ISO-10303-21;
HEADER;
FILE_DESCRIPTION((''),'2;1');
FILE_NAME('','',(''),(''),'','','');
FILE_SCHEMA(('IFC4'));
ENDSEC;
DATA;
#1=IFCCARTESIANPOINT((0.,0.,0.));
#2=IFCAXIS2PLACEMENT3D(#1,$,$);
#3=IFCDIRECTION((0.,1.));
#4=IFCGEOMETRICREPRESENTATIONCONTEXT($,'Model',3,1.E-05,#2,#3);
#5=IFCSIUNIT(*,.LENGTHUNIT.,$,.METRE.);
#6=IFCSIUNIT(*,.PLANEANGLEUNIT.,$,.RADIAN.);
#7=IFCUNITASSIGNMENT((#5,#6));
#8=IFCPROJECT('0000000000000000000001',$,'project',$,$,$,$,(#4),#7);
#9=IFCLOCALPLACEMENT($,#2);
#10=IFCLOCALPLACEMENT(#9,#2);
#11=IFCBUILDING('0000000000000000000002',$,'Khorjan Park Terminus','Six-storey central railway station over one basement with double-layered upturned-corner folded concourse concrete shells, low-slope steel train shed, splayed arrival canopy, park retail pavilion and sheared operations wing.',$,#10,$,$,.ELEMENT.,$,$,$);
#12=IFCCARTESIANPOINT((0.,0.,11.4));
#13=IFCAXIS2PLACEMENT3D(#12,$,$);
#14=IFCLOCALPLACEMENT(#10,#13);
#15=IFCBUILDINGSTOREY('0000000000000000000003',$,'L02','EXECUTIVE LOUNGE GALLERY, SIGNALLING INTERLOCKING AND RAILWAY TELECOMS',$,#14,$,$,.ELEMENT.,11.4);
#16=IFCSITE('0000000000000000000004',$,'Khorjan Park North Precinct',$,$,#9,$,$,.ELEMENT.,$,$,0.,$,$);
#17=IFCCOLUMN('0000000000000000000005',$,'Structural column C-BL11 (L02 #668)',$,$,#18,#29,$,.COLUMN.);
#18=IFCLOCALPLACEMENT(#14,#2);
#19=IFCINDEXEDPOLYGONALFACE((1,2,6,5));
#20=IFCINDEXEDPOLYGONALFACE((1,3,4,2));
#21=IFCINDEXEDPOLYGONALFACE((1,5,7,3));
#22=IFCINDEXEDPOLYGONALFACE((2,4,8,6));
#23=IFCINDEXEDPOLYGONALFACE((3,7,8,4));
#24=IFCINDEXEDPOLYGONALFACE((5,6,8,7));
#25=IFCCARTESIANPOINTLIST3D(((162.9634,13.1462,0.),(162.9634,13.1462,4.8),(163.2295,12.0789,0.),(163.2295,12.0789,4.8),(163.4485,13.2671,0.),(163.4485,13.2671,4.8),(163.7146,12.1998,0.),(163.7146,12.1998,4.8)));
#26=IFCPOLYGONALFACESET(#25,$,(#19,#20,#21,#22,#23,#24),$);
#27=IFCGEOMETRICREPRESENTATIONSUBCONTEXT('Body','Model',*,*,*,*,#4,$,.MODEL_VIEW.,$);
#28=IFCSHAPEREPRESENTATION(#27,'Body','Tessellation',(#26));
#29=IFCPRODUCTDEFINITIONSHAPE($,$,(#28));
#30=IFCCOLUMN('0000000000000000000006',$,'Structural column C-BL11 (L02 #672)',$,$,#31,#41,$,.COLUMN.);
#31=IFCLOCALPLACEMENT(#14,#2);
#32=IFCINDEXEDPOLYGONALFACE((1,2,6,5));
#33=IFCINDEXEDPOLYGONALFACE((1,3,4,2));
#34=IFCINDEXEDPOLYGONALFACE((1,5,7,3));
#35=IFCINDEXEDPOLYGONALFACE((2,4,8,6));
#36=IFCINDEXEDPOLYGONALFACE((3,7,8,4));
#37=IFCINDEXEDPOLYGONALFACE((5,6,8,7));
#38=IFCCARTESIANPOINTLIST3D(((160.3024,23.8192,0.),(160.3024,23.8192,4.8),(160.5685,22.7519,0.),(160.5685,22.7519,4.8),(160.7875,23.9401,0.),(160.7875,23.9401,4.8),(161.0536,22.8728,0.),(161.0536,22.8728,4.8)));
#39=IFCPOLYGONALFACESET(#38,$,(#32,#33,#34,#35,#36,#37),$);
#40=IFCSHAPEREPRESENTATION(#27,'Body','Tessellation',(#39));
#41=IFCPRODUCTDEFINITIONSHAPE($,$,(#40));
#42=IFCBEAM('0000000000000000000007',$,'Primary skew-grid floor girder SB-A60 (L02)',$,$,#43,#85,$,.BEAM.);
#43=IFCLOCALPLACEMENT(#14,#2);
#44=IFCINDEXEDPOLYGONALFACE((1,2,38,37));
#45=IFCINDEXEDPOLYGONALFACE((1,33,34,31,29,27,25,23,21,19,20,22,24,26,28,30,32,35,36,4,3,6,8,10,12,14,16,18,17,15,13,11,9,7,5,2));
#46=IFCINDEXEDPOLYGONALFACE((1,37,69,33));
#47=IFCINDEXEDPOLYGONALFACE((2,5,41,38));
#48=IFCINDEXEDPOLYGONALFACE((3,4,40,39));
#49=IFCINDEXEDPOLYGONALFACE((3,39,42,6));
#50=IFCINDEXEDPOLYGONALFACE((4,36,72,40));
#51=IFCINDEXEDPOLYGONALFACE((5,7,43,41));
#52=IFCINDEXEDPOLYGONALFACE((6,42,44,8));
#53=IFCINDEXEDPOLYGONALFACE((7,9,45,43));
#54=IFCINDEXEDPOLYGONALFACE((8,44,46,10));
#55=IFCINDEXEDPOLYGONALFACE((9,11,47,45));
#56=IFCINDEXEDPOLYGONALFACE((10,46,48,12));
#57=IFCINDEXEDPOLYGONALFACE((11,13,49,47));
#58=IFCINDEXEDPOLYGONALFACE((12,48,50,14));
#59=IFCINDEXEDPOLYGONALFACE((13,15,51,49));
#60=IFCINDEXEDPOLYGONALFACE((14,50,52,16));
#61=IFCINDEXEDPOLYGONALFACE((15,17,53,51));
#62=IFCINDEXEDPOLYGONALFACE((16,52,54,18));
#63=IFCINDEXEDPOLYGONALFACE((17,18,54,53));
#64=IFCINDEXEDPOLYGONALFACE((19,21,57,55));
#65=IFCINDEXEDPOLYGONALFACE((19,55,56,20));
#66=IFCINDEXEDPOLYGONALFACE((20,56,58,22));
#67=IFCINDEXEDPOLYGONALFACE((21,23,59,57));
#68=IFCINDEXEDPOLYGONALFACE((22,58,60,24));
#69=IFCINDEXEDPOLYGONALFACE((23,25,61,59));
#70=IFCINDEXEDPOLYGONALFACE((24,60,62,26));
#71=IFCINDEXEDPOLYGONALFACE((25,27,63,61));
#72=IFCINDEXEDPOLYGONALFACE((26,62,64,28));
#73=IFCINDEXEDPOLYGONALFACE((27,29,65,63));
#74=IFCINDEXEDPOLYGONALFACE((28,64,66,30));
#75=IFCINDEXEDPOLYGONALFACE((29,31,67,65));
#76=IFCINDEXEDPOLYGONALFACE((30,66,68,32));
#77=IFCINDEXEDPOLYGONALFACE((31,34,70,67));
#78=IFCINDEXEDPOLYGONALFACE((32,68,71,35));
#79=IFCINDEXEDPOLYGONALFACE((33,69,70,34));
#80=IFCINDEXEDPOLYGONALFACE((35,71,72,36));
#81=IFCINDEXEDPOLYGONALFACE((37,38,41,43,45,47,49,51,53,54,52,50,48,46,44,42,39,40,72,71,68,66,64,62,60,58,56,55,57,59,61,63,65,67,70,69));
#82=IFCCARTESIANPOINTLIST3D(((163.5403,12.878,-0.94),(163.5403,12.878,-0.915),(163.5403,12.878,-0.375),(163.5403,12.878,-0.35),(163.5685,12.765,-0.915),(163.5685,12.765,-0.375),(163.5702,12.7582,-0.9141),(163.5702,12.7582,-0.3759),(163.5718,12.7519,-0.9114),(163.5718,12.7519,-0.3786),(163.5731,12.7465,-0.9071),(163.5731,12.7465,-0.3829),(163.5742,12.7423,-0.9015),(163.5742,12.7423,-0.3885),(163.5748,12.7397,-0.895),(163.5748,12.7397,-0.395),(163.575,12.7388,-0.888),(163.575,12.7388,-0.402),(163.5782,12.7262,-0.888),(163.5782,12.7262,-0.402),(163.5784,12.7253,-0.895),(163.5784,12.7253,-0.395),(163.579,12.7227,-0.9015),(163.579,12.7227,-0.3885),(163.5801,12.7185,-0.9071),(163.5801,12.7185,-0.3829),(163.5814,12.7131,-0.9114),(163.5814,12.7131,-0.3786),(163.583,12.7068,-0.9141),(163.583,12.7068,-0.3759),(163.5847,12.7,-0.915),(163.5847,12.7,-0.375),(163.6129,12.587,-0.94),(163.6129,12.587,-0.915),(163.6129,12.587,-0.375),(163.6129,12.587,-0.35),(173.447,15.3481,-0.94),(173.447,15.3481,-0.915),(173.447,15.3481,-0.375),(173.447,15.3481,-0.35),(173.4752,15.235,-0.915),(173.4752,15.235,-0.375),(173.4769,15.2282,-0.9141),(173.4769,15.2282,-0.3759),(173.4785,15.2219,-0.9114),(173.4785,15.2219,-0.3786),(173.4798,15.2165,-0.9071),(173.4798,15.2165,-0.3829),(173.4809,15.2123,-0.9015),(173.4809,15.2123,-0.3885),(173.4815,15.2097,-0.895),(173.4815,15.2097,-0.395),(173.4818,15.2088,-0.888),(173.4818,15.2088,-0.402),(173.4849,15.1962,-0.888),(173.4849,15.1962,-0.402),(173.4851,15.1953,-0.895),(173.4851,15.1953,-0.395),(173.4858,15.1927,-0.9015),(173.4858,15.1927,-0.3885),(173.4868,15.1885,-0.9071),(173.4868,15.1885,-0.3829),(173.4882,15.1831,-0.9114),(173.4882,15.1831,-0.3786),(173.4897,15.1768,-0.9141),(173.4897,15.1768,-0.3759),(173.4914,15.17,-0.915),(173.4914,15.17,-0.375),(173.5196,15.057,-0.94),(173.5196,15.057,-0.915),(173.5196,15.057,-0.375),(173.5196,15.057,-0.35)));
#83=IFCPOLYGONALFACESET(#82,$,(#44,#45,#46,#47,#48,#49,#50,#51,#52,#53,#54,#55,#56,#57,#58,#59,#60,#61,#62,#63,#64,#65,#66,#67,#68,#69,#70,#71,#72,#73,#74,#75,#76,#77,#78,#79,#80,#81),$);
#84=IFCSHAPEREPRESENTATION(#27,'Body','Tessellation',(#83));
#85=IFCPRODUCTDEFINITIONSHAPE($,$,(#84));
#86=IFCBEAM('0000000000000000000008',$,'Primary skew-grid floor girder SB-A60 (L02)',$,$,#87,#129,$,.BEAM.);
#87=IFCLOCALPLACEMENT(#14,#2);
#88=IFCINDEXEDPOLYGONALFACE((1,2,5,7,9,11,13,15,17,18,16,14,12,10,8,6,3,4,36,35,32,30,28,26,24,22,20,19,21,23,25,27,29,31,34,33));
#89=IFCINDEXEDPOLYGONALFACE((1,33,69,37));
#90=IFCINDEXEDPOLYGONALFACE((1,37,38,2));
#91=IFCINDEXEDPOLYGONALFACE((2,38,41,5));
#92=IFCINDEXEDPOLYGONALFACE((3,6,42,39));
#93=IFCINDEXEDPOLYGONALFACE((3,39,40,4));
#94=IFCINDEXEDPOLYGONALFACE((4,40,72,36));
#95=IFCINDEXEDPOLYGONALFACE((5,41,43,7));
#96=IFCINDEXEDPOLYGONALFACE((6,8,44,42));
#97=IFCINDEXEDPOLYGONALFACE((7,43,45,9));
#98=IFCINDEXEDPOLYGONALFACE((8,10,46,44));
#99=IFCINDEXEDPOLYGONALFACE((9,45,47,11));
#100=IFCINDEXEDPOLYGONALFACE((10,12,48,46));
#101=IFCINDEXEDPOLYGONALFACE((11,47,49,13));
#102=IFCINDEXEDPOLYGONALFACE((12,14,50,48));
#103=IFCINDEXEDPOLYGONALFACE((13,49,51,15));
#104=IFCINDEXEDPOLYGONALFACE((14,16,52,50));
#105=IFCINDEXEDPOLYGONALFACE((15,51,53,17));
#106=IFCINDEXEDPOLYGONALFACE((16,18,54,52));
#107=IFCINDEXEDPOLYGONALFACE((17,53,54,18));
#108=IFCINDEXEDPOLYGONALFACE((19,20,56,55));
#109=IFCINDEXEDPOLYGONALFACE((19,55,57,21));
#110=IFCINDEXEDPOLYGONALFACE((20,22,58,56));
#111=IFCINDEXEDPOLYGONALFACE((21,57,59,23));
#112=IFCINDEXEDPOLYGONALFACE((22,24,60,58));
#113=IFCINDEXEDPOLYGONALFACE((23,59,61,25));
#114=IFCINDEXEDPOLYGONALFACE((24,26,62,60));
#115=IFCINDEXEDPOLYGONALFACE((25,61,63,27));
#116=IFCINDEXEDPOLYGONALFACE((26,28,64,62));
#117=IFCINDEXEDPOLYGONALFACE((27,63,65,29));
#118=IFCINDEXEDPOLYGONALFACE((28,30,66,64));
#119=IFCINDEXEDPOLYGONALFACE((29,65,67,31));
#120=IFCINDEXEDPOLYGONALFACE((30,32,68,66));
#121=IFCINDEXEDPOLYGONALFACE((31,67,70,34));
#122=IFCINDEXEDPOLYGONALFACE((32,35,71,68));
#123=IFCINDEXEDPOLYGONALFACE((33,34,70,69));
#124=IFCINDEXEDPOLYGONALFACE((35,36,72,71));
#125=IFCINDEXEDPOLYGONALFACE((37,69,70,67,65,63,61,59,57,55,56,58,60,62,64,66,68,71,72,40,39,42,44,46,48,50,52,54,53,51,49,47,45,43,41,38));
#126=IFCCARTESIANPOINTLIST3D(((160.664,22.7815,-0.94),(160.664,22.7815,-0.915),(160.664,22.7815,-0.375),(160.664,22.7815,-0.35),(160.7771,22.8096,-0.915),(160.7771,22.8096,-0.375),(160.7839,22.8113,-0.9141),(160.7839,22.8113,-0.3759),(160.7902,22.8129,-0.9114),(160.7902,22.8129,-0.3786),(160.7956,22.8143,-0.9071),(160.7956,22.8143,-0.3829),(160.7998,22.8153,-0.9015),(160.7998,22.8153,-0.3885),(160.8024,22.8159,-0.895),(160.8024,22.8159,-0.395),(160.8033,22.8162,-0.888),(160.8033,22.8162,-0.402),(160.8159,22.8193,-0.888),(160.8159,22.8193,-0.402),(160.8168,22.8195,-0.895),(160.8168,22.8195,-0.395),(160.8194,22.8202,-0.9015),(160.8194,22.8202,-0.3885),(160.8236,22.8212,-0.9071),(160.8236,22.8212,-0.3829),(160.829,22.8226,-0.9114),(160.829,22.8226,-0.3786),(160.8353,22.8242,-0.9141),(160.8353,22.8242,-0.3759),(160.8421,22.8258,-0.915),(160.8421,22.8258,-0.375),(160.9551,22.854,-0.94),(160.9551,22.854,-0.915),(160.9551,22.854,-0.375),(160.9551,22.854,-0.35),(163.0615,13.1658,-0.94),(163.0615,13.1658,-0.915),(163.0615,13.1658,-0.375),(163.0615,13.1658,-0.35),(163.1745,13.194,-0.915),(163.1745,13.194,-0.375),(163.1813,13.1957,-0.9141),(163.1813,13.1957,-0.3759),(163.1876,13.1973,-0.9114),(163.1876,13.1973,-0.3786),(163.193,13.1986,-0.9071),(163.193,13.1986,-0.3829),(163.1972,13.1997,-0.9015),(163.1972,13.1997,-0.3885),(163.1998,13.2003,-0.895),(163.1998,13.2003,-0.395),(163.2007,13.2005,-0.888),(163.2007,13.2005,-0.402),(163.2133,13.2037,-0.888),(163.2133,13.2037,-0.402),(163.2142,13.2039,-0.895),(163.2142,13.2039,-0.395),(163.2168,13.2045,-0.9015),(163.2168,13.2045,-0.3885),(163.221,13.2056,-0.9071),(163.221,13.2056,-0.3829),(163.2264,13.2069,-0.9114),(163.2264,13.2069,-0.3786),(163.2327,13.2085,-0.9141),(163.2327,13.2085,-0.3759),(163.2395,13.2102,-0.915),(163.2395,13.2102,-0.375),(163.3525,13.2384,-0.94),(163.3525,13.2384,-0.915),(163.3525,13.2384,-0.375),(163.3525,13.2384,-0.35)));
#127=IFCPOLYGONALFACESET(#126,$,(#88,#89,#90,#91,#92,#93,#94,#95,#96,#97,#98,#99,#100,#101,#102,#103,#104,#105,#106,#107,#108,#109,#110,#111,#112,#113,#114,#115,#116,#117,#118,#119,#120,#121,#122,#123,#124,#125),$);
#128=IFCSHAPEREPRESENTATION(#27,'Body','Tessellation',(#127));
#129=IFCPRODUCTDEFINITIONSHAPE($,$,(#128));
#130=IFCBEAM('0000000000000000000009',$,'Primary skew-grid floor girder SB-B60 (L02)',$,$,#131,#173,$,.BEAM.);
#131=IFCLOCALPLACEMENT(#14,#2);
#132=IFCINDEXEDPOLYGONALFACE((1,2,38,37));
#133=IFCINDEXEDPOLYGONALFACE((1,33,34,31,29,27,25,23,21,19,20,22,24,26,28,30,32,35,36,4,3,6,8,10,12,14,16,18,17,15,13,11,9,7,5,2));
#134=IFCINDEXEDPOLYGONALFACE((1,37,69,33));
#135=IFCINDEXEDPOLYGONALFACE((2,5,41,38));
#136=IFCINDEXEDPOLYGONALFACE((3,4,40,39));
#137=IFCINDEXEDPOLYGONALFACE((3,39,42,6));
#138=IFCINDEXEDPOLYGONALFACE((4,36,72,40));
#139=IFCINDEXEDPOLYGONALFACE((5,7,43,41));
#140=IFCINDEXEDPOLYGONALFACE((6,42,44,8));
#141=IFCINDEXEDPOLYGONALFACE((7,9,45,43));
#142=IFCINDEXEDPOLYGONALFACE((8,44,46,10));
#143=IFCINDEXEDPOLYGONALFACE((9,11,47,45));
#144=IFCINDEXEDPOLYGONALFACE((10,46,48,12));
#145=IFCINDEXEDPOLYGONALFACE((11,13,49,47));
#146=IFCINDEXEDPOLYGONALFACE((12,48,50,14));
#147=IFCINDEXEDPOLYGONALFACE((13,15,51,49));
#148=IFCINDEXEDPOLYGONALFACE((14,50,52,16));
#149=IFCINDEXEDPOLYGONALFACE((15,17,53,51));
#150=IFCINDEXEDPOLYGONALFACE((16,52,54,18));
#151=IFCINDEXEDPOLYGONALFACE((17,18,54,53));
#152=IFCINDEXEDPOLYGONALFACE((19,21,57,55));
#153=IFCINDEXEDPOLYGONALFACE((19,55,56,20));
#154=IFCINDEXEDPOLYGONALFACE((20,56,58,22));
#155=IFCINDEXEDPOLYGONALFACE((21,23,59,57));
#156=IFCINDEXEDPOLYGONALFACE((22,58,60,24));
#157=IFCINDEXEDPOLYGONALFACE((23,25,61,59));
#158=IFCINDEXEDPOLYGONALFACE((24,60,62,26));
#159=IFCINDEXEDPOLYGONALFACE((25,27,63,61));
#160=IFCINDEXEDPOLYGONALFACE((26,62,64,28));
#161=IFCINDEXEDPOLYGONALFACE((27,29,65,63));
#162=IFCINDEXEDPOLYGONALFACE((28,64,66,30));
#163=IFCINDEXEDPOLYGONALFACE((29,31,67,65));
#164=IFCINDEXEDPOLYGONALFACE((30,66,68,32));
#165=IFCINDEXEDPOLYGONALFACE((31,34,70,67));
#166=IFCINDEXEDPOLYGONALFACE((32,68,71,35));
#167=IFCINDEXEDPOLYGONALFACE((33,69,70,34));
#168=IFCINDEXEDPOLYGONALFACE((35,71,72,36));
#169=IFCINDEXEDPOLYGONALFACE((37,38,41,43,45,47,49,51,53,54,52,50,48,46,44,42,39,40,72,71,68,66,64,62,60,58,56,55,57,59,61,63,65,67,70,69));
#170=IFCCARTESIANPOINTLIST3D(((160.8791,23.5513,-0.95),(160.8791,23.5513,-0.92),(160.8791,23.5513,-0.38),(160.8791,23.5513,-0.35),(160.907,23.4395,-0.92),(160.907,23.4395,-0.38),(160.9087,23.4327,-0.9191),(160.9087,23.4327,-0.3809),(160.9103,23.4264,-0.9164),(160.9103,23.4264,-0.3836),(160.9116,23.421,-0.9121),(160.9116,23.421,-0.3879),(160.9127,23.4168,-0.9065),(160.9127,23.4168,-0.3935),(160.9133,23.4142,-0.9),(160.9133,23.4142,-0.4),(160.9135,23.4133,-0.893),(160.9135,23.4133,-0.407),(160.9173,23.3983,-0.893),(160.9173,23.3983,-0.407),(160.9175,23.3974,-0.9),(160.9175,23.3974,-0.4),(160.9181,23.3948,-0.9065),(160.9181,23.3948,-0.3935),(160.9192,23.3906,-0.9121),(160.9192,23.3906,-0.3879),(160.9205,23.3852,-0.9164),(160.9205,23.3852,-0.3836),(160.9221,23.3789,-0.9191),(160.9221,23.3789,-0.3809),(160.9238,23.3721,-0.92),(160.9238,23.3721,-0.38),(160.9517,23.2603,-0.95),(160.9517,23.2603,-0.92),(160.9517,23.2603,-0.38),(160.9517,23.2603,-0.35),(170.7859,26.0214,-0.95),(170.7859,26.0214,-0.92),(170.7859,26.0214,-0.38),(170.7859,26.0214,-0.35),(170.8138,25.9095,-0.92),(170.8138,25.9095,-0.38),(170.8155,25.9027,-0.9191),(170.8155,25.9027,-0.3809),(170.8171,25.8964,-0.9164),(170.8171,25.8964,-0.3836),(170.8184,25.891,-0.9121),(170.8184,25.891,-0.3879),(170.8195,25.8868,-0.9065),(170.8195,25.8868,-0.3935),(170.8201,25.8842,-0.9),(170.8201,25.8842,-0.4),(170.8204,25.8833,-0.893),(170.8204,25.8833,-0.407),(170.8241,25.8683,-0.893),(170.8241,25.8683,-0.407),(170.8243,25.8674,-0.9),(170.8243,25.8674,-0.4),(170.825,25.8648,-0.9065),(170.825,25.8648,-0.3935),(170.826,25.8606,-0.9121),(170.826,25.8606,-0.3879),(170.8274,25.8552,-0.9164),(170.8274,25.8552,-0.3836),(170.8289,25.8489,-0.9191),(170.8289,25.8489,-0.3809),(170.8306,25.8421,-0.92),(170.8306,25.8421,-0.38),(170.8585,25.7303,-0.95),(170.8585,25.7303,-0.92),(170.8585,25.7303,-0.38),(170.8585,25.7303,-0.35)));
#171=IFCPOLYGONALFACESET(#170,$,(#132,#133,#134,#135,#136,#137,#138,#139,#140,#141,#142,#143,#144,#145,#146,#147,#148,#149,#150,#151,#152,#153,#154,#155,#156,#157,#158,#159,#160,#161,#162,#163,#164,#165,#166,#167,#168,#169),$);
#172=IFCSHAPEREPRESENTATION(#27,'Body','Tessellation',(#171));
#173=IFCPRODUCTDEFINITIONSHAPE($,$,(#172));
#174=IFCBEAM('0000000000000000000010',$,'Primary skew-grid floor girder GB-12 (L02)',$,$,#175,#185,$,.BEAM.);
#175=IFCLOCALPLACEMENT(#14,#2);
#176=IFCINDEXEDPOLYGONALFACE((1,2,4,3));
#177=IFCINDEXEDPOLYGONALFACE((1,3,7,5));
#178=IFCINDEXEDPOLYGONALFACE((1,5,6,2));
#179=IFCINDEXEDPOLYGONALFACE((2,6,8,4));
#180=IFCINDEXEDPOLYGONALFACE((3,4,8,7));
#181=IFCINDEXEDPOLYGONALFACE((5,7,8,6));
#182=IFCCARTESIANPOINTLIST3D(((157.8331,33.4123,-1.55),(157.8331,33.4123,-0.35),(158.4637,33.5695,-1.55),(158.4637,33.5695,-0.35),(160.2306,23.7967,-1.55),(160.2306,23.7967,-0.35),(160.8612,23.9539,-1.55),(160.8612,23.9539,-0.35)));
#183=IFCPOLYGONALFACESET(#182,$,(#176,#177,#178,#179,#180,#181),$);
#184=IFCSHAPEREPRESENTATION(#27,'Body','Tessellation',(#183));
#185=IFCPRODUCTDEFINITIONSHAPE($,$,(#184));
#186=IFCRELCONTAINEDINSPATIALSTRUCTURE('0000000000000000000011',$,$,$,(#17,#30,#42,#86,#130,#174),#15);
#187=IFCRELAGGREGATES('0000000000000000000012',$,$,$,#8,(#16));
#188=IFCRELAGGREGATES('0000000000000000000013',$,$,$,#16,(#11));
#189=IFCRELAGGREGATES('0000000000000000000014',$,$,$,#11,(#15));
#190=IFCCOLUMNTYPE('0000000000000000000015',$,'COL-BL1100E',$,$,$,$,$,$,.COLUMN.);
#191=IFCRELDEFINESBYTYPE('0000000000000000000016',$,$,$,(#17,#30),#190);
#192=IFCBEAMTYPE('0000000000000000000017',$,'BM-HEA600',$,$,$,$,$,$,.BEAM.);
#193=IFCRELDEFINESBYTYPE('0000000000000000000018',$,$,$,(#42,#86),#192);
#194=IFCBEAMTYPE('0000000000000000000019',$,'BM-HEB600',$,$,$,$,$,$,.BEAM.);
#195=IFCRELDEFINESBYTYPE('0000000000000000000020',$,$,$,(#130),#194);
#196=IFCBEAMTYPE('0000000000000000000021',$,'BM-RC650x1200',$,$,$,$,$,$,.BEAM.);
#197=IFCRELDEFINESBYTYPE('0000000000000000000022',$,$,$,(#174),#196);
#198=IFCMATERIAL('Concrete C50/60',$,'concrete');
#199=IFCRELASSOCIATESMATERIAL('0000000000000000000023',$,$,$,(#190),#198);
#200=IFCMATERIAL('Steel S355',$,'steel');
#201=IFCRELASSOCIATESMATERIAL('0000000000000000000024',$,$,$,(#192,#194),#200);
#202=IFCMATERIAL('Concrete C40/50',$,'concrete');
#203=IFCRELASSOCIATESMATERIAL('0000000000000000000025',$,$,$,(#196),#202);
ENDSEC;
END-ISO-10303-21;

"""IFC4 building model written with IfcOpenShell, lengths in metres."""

from ifc_helpers import new_model, si_unit, direction, frame, origin, origin_2d, place, context, subcontext, project, spatial, rectangle, i_section, extrude, material, material_profile, profile_set, type_object, element, save


model = new_model("IFC4")

# Units and contexts
model_context = context("Model", 3, precision=1e-05, world=origin(), true_north=direction((0.0, 1.0)))
body_context = subcontext(model_context, "Body", "Model", "MODEL_VIEW")
ifc_project = project(units=[si_unit("LENGTHUNIT", "METRE"), si_unit("PLANEANGLEUNIT", "RADIAN")], contexts=[model_context])

# Site, building, storey
site_placement = place(None, origin())
site = spatial("IfcSite", under=ifc_project, at=site_placement, Name="Khorjan Park North Precinct", CompositionType="ELEMENT", RefElevation=0.0)
building_placement = place(site_placement, origin())
building = spatial("IfcBuilding", under=site, at=building_placement, Name="Khorjan Park Terminus", Description="Six-storey central railway station over one basement with double-layered upturned-corner folded concourse concrete shells, low-slope steel train shed, splayed arrival canopy, park retail pavilion and sheared operations wing.", CompositionType="ELEMENT")
storey_placement = place(building_placement, frame((0.0, 0.0, 11.4)))
storey = spatial("IfcBuildingStorey", under=building, at=storey_placement, Name="L02", Description="EXECUTIVE LOUNGE GALLERY, SIGNALLING INTERLOCKING AND RAILWAY TELECOMS", CompositionType="ELEMENT", Elevation=11.4)

# Columns
ifc_material_1 = material(Name="Concrete C50/60", Category="concrete")
ifc_material_profile_1 = material_profile(ifc_material_1, rectangle(XDim=0.5, YDim=1.1, at=origin_2d()), Name="RC 500x1100")
ifc_profile_set_1 = profile_set([ifc_material_profile_1], Name="Concrete C50/60")
column_type = type_object("IfcColumnType", Name="COL-BL1100E", PredefinedType="COLUMN", material=ifc_profile_set_1)
for number, where, z_axis, x_axis, name in (
    (1, (163.339, 12.673, 0.0), (0.0, 0.0, 1.0), (0.970296, 0.241922, 0.0), "Structural column C-BL11 (L02 #668)"),
    (2, (160.678, 23.346, 0.0), (0.0, 0.0, 1.0), (0.970296, 0.241922, 0.0), "Structural column C-BL11 (L02 #672)"),
):
    element("IfcColumn", number, at=place(storey_placement, frame(where, z_axis=z_axis, x_axis=x_axis)), inside=storey, type_object=column_type, Name=name, PredefinedType="COLUMN", context=body_context, shape_type="SweptSolid", body=[
        extrude(rectangle(XDim=0.5, YDim=1.1, at=origin_2d()), origin(), (0.0, 0.0, 1.0), 4.8),
    ])

# Beams
ifc_material_2 = material(Name="Steel S355", Category="steel")
ifc_material_profile_2 = material_profile(ifc_material_2, i_section(OverallWidth=0.3, OverallDepth=0.59, WebThickness=0.013, FlangeThickness=0.025, FilletRadius=0.027, at=origin_2d()), Name="HEA 600")
ifc_profile_set_2 = profile_set([ifc_material_profile_2], Name="Steel S355")
beam_type_1 = type_object("IfcBeamType", Name="BM-HEA600", PredefinedType="BEAM", material=ifc_profile_set_2)
beam_1_placement = place(storey_placement, frame((163.5766, 12.7325, -0.645), z_axis=(0.970296, 0.24192, 0.0), x_axis=(-0.24192, 0.970296, 0.0)))
element("IfcBeam", 3, at=beam_1_placement, inside=storey, type_object=beam_type_1, Name="Primary skew-grid floor girder SB-A60 (L02)", PredefinedType="BEAM", context=body_context, shape_type="SweptSolid", body=[
    extrude(i_section(OverallWidth=0.3, OverallDepth=0.59, WebThickness=0.013, FlangeThickness=0.025, FilletRadius=0.027, at=origin_2d()), origin(), (0.0, 0.0, 1.0), 10.21),
])
beam_2_placement = place(storey_placement, frame((163.207, 13.2021, -0.645), z_axis=(-0.241918, 0.970297, 0.0), x_axis=(-0.970297, -0.241918, 0.0)))
element("IfcBeam", 4, at=beam_2_placement, inside=storey, type_object=beam_type_1, Name="Primary skew-grid floor girder SB-A60 (L02)", PredefinedType="BEAM", context=body_context, shape_type="SweptSolid", body=[
    extrude(i_section(OverallWidth=0.3, OverallDepth=0.59, WebThickness=0.013, FlangeThickness=0.025, FilletRadius=0.027, at=origin_2d()), origin(), (0.0, 0.0, 1.0), 9.91),
])
ifc_material_profile_3 = material_profile(ifc_material_2, i_section(OverallWidth=0.3, OverallDepth=0.6, WebThickness=0.0155, FlangeThickness=0.03, FilletRadius=0.027, at=origin_2d()), Name="HEB 600")
ifc_profile_set_3 = profile_set([ifc_material_profile_3], Name="Steel S355")
beam_type_2 = type_object("IfcBeamType", Name="BM-HEB600", PredefinedType="BEAM", material=ifc_profile_set_3)
beam_3_placement = place(storey_placement, frame((160.9154, 23.4058, -0.65), z_axis=(0.970297, 0.241918, 0.0), x_axis=(-0.241918, 0.970297, 0.0)))
element("IfcBeam", 5, at=beam_3_placement, inside=storey, type_object=beam_type_2, Name="Primary skew-grid floor girder SB-B60 (L02)", PredefinedType="BEAM", context=body_context, shape_type="SweptSolid", body=[
    extrude(i_section(OverallWidth=0.3, OverallDepth=0.6, WebThickness=0.0155, FlangeThickness=0.03, FilletRadius=0.027, at=origin_2d()), origin(), (0.0, 0.0, 1.0), 10.2101),
])
ifc_material_3 = material(Name="Concrete C40/50", Category="concrete")
ifc_material_profile_4 = material_profile(ifc_material_3, rectangle(XDim=0.65, YDim=1.2, at=origin_2d()), Name="RC 650x1200")
ifc_profile_set_4 = profile_set([ifc_material_profile_4], Name="Concrete C40/50")
beam_type_3 = type_object("IfcBeamType", Name="BM-RC650x1200", PredefinedType="BEAM", material=ifc_profile_set_4)
beam_4_placement = place(storey_placement, frame((160.5459, 23.8753, -0.95), z_axis=(-0.241928, 0.970294, 0.0), x_axis=(-0.970294, -0.241928, 0.0)))
element("IfcBeam", 6, at=beam_4_placement, inside=storey, type_object=beam_type_3, Name="Primary skew-grid floor girder GB-12 (L02)", PredefinedType="BEAM", context=body_context, shape_type="SweptSolid", body=[
    extrude(rectangle(XDim=0.65, YDim=1.2, at=origin_2d()), origin(), (0.0, 0.0, 1.0), 9.91),
])

save(model, "model.ifc")
